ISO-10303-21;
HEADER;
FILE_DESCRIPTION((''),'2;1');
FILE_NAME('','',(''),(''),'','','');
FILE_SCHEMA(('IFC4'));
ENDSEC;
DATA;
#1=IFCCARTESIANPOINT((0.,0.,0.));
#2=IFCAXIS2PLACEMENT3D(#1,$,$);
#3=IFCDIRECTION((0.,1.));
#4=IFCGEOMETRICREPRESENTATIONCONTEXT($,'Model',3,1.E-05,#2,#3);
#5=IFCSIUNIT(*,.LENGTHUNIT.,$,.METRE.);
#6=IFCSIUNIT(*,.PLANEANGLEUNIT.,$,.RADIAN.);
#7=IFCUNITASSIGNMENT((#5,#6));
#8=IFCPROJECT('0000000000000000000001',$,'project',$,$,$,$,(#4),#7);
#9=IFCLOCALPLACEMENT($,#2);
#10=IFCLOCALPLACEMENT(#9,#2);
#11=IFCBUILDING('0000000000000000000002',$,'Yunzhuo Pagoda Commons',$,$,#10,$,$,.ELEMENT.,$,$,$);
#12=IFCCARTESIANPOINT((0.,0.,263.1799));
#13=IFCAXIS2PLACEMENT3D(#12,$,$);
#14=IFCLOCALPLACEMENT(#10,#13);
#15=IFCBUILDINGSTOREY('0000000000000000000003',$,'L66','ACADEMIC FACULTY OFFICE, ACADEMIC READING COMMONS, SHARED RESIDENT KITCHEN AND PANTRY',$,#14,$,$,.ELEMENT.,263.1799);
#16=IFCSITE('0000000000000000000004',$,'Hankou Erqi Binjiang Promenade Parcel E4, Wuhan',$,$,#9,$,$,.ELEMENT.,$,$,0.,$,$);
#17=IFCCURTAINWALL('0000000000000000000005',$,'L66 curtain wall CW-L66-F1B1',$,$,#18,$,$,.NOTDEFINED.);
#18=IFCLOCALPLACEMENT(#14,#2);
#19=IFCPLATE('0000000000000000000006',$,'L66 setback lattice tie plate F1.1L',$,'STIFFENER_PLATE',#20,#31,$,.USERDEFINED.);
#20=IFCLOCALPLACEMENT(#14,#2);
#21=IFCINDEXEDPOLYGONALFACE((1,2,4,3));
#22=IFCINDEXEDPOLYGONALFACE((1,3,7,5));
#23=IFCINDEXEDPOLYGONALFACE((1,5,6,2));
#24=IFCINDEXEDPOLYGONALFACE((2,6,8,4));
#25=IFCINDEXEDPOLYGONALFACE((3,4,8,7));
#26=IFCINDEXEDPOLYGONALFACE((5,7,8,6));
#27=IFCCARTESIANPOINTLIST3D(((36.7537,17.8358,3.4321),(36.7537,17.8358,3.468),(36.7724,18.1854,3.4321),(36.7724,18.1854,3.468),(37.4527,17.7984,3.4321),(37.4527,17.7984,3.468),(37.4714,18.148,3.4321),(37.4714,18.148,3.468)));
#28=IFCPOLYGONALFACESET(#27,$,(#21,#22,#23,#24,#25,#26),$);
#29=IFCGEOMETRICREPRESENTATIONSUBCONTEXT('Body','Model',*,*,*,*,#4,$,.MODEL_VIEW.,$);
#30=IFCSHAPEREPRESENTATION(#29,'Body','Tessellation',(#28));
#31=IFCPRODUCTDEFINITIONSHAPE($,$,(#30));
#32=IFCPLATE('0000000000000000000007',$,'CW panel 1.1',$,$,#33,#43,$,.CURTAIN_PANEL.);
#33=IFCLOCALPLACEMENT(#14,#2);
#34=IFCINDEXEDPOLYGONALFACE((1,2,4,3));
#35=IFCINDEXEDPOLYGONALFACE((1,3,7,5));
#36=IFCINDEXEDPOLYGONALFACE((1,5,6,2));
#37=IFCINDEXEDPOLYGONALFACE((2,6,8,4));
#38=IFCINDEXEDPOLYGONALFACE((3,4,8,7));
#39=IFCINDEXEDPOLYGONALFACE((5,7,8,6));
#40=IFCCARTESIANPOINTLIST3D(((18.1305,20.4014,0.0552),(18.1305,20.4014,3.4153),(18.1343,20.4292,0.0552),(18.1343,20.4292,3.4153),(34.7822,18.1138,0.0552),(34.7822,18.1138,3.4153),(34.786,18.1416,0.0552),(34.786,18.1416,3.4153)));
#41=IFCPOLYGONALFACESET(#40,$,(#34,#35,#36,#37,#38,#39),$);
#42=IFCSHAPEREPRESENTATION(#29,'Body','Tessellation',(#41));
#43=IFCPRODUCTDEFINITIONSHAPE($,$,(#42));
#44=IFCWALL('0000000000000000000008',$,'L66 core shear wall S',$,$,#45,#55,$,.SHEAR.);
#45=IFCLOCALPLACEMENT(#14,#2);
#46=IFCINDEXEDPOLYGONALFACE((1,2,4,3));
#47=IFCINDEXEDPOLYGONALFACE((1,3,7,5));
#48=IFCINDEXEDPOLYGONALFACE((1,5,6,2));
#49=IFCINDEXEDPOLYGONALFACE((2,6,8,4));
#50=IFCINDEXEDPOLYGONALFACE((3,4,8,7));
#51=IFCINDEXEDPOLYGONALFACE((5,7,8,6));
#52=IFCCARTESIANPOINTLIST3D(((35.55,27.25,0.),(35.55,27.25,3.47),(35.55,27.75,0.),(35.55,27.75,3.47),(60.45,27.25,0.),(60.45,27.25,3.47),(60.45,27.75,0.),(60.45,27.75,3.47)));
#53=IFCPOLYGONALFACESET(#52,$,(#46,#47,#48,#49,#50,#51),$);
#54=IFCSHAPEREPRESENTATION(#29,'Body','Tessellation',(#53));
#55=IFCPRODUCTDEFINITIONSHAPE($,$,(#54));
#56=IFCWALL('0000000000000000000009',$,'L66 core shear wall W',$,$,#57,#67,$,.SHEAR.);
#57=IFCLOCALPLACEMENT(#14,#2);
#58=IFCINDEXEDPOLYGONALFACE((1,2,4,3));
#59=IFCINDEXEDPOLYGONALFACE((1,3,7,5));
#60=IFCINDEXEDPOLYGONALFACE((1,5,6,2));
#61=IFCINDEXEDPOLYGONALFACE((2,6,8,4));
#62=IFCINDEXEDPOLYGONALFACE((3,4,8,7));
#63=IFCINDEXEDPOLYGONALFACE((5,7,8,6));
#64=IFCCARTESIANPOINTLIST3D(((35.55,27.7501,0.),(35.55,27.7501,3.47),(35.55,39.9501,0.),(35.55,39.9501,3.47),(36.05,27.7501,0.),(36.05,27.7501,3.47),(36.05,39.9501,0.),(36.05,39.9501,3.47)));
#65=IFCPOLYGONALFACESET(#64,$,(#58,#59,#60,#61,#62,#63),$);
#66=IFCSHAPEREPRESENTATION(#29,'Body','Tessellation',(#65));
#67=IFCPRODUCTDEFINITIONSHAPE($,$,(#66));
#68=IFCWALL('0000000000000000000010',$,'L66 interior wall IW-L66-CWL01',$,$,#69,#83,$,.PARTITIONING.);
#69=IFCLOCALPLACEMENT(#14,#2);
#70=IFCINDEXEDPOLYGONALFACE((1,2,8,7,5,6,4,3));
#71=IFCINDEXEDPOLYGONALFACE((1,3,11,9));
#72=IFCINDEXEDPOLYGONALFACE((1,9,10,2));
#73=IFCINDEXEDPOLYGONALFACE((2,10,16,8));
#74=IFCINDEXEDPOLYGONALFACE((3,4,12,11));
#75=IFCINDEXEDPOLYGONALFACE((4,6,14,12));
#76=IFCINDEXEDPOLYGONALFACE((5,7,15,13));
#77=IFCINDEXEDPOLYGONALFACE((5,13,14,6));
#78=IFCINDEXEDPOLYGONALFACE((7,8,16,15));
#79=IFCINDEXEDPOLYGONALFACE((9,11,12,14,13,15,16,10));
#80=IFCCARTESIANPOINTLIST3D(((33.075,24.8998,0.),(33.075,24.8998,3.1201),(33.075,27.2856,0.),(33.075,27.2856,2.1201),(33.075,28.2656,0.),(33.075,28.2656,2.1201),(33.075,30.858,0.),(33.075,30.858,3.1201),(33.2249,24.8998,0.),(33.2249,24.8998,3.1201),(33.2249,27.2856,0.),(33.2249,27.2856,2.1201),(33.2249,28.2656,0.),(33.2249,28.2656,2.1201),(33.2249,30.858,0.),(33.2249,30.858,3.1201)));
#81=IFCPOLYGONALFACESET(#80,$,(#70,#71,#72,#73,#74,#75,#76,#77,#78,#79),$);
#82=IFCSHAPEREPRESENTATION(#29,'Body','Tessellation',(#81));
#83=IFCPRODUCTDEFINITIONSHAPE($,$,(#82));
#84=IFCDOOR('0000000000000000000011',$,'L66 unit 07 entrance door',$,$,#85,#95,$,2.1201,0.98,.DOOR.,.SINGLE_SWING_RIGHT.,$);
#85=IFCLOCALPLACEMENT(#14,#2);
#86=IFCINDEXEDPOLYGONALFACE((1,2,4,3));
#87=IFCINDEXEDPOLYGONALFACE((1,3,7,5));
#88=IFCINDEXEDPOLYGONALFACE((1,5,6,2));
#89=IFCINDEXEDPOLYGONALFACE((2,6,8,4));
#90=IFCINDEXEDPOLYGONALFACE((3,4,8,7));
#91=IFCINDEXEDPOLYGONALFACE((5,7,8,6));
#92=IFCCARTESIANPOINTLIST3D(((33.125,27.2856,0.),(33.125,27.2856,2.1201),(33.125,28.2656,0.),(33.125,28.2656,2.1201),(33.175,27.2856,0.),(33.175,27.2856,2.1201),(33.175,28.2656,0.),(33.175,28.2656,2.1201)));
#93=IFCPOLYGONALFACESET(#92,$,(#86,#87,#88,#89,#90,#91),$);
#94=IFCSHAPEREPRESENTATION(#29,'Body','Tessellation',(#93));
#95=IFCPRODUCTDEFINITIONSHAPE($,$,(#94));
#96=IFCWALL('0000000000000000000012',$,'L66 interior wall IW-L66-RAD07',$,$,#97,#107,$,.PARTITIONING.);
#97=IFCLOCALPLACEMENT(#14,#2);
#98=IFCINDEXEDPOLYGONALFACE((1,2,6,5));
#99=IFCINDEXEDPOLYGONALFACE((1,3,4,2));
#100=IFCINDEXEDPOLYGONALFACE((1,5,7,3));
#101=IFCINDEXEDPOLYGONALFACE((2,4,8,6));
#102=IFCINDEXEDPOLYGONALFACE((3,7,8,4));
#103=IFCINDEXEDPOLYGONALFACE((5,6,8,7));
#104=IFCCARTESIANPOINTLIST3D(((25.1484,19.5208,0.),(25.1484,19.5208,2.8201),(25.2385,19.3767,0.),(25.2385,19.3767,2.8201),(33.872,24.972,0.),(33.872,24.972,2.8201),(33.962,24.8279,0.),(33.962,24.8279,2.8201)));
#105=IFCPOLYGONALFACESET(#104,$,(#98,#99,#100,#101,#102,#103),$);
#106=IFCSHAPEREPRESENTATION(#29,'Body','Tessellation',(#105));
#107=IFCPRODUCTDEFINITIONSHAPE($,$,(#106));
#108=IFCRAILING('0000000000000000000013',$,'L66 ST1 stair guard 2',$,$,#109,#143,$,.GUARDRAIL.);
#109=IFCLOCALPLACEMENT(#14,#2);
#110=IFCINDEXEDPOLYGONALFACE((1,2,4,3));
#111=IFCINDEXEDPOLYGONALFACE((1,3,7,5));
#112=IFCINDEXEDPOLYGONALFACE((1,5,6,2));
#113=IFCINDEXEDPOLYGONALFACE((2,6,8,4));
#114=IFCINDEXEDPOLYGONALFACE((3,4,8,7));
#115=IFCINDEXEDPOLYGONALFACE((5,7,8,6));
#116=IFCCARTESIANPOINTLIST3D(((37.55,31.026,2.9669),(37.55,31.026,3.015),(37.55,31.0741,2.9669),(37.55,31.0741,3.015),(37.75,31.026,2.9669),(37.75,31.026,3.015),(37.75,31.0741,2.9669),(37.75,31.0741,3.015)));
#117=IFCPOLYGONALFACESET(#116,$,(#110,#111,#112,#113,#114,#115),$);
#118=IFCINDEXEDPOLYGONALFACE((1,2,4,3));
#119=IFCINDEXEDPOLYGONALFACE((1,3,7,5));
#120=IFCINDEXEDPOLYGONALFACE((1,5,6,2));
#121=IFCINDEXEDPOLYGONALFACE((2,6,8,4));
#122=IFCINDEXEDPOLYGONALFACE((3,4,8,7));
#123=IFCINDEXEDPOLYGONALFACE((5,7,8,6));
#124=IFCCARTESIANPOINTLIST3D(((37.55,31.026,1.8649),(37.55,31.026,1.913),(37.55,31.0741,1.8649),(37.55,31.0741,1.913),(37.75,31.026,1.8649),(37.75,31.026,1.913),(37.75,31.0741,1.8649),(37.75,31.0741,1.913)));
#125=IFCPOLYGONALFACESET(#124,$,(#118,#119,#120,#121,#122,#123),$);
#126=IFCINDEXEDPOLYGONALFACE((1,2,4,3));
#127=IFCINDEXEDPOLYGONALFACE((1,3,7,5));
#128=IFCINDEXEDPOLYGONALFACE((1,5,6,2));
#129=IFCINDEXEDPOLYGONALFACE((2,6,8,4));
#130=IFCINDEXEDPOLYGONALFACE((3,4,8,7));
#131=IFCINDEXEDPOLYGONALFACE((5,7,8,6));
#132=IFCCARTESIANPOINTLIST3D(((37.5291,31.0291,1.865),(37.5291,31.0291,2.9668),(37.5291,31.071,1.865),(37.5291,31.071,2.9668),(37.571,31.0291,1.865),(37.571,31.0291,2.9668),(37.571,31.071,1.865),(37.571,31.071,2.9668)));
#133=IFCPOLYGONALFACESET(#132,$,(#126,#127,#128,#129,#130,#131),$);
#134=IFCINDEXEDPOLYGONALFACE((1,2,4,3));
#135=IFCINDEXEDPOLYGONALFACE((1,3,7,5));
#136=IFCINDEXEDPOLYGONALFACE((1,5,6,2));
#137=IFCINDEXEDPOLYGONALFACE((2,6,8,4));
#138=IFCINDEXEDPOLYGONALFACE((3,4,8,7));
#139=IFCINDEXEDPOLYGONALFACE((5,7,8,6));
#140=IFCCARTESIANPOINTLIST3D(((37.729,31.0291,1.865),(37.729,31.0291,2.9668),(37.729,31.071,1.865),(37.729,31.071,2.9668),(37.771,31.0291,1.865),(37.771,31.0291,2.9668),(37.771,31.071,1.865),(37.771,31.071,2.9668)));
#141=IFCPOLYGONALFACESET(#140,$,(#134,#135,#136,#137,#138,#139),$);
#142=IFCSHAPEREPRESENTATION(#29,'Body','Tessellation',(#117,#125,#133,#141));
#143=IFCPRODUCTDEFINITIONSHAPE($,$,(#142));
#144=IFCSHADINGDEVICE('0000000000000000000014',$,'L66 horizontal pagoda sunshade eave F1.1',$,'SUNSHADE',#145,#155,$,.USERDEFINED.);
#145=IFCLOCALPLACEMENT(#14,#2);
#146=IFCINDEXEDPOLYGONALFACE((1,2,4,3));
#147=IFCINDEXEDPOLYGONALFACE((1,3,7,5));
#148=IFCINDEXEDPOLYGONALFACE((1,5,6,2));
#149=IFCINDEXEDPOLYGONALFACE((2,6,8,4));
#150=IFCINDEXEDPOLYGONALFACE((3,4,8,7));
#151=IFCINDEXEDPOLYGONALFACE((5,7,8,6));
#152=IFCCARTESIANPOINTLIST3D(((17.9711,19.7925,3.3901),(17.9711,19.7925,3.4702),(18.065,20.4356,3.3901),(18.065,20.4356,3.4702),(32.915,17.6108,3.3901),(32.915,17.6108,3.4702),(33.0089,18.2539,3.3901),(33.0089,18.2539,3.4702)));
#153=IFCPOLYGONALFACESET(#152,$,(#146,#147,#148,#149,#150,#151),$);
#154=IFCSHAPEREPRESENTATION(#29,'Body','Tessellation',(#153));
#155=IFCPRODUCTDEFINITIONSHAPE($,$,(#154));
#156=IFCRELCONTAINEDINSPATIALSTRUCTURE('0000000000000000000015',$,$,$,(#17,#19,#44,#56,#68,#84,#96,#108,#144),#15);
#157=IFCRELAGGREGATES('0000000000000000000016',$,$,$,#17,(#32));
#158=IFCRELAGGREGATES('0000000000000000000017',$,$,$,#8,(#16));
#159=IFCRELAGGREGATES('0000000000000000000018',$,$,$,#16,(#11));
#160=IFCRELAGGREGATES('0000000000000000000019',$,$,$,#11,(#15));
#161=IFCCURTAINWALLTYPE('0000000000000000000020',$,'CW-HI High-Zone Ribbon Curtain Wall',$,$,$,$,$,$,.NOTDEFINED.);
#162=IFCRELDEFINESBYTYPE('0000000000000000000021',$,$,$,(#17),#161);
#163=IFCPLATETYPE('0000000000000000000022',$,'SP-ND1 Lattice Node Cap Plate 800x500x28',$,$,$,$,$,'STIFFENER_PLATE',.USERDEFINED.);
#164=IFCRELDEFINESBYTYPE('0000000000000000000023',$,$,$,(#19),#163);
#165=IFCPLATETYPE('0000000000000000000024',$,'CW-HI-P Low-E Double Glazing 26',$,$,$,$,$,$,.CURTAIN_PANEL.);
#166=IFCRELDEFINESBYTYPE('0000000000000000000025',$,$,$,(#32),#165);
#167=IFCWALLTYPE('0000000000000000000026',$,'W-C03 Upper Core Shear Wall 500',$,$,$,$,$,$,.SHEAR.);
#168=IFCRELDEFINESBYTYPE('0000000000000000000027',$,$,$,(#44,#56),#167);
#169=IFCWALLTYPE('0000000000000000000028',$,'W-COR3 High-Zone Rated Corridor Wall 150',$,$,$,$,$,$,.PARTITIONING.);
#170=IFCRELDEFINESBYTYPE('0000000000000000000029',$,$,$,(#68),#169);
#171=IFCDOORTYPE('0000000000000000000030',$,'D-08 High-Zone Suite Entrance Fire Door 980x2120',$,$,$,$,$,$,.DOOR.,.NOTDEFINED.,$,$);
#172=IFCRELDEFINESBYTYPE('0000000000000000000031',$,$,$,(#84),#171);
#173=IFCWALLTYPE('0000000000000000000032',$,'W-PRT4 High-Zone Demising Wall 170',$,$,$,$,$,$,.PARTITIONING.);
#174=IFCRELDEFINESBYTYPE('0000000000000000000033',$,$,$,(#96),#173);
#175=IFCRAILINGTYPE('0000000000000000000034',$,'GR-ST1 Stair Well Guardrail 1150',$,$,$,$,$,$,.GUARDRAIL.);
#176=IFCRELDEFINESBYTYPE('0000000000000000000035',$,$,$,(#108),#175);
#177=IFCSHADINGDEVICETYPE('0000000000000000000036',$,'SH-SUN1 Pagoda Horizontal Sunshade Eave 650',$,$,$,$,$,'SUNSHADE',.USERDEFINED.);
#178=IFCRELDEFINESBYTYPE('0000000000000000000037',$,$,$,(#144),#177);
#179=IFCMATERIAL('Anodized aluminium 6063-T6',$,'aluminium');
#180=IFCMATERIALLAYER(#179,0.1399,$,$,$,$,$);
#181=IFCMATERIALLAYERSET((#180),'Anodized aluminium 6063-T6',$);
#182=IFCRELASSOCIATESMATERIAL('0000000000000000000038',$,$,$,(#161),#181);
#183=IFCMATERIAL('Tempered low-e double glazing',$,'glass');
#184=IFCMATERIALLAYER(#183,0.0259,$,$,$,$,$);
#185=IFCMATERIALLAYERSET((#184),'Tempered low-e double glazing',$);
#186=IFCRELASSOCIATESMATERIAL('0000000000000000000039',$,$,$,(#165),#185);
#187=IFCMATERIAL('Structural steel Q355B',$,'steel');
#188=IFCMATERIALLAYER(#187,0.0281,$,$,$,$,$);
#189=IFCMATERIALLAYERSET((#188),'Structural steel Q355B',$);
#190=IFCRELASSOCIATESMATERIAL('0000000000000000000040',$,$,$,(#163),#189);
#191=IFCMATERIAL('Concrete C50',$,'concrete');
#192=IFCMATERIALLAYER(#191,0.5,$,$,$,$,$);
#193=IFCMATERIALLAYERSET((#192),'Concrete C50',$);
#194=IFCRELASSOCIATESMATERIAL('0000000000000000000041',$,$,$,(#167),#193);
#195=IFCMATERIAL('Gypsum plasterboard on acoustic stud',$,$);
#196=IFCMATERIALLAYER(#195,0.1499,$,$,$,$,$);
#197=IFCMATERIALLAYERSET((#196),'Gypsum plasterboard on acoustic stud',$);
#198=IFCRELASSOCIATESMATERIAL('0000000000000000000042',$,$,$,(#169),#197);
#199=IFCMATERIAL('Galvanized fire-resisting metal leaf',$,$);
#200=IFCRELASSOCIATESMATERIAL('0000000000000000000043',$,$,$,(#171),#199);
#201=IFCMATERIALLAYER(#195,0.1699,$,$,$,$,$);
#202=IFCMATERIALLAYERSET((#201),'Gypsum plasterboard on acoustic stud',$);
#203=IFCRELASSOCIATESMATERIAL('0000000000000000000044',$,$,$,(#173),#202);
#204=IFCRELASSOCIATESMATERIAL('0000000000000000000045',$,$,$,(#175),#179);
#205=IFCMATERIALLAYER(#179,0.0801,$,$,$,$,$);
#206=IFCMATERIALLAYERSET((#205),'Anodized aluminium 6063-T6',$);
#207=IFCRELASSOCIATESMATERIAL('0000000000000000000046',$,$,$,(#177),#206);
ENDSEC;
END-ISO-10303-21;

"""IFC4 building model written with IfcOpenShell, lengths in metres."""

from ifc_helpers import new_model, si_unit, direction, frame, frame_2d, origin, origin_with_axes, origin_2d, place, context, subcontext, project, spatial, rectangle, extrude, source, transform, mapped, material, layer, layer_set, type_object, element, fill, aggregate, save


model = new_model("IFC4")

# Units and contexts
model_context = context("Model", 3, precision=1e-05, world=origin(), true_north=direction((0.0, 1.0)))
body_context = subcontext(model_context, "Body", "Model", "MODEL_VIEW")
ifc_project = project(units=[si_unit("LENGTHUNIT", "METRE"), si_unit("PLANEANGLEUNIT", "RADIAN")], contexts=[model_context])

# Site, building, storey
site_placement = place(None, origin())
site = spatial("IfcSite", under=ifc_project, at=site_placement, Name="Hankou Erqi Binjiang Promenade Parcel E4, Wuhan", CompositionType="ELEMENT", RefElevation=0.0)
building_placement = place(site_placement, origin())
building = spatial("IfcBuilding", under=site, at=building_placement, Name="Yunzhuo Pagoda Commons", CompositionType="ELEMENT")
storey_placement = place(building_placement, frame((0.0, 0.0, 263.1799)))
storey = spatial("IfcBuildingStorey", under=building, at=storey_placement, Name="L66", Description="ACADEMIC FACULTY OFFICE, ACADEMIC READING COMMONS, SHARED RESIDENT KITCHEN AND PANTRY", CompositionType="ELEMENT", Elevation=263.1799)

# Shared definitions
ifc_material_1 = material(Name="Structural steel Q355B", Category="steel")

# Curtain wall
ifc_material_2 = material(Name="Anodized aluminium 6063-T6", Category="aluminium")
ifc_layer_1 = layer(ifc_material_2, 0.1399)
ifc_layer_set_1 = layer_set([ifc_layer_1], Name="Anodized aluminium 6063-T6")
curtain_wall_type = type_object("IfcCurtainWallType", Name="CW-HI High-Zone Ribbon Curtain Wall", PredefinedType="NOTDEFINED", material=ifc_layer_set_1)
curtain_wall_1_placement = place(storey_placement, origin())
curtain_wall_1 = element("IfcCurtainWall", 1, at=curtain_wall_1_placement, inside=storey, type_object=curtain_wall_type, Name="L66 curtain wall CW-L66-F1B1", PredefinedType="NOTDEFINED")

# Shared definitions
ifc_material_3 = material(Name="Tempered low-e double glazing", Category="glass")
ifc_layer_2 = layer(ifc_material_3, 0.0259)
ifc_layer_set_2 = layer_set([ifc_layer_2], Name="Tempered low-e double glazing")
plate_type_1 = type_object("IfcPlateType", Name="CW-HI-P Low-E Double Glazing 26", PredefinedType="CURTAIN_PANEL", material=ifc_layer_set_2)

# Plate
ifc_layer_3 = layer(ifc_material_1, 0.0281)
ifc_layer_set_3 = layer_set([ifc_layer_3], Name="Structural steel Q355B")
plate_type_2 = type_object("IfcPlateType", Name="SP-ND1 Lattice Node Cap Plate 800x500x28", ElementType="STIFFENER_PLATE", PredefinedType="USERDEFINED", material=ifc_layer_set_3)
shared_shape_1 = source(origin(), body_context, "Body", "SweptSolid", [
    extrude(rectangle(XDim=0.7, YDim=0.3501, at=origin_2d()), origin(), (0.0, 0.0, 1.0), 0.0359),
])
plate_1_placement = place(storey_placement, frame((37.1125, 17.9919, 3.4321), z_axis=(0.0, 0.0, 1.0), x_axis=(0.998571, -0.053434, 0.0)))
element("IfcPlate", 2, at=plate_1_placement, inside=storey, type_object=plate_type_2, Name="L66 setback lattice tie plate F1.1L", ObjectType="STIFFENER_PLATE", PredefinedType="USERDEFINED", context=body_context, shape_type="MappedRepresentation", body=[
    mapped(shared_shape_1, transform((0.0, 0.0, 0.0), scale=1.0)),
])

# Plate
shared_shape_2 = source(origin(), body_context, "Body", "SweptSolid", [
    extrude(rectangle(XDim=16.8081, YDim=0.0281, at=origin_2d()), origin(), (0.0, 0.0, 1.0), 3.3601),
])
plate_2_placement = place(storey_placement, frame((26.4583, 19.2715, 0.0552), z_axis=(0.0, 0.0, 1.0), x_axis=(0.990695, -0.136099, 0.0)))
plate_2 = element("IfcPlate", 3, at=plate_2_placement, type_object=plate_type_1, Name="CW panel 1.1", PredefinedType="CURTAIN_PANEL", context=body_context, shape_type="MappedRepresentation", body=[
    mapped(shared_shape_2, transform((0.0, 0.0, 0.0), scale=1.0)),
])
aggregate(curtain_wall_1, [plate_2])

# Walls
ifc_material_4 = material(Name="Concrete C50", Category="concrete")
ifc_layer_4 = layer(ifc_material_4, 0.5)
ifc_layer_set_4 = layer_set([ifc_layer_4], Name="Concrete C50")
wall_type_1 = type_object("IfcWallType", Name="W-C03 Upper Core Shear Wall 500", PredefinedType="SHEAR", material=ifc_layer_set_4)
wall_1_placement = place(storey_placement, frame((35.55, 27.5, 0.0), z_axis=(0.0, 0.0, 1.0), x_axis=(1.0, 0.0, 0.0)))
element("IfcWall", 4, at=wall_1_placement, inside=storey, type_object=wall_type_1, Name="L66 core shear wall S", PredefinedType="SHEAR", context=body_context, shape_type="SweptSolid", body=[
    extrude(rectangle(XDim=24.8999, YDim=0.5, at=frame_2d((12.45, 0.0))), origin(), (0.0, 0.0, 1.0), 3.47),
])
wall_2_placement = place(storey_placement, frame((35.8, 27.75, 0.0), z_axis=(0.0, 0.0, 1.0), x_axis=(0.0, 1.0, 0.0)))
element("IfcWall", 5, at=wall_2_placement, inside=storey, type_object=wall_type_1, Name="L66 core shear wall W", PredefinedType="SHEAR", context=body_context, shape_type="SweptSolid", body=[
    extrude(rectangle(XDim=12.2, YDim=0.5, at=frame_2d((6.1001, 0.0))), origin(), (0.0, 0.0, 1.0), 3.47),
])

# Wall, opening, door
ifc_material_5 = material(Name="Gypsum plasterboard on acoustic stud")
ifc_layer_5 = layer(ifc_material_5, 0.1499)
ifc_layer_set_5 = layer_set([ifc_layer_5], Name="Gypsum plasterboard on acoustic stud")
wall_type_2 = type_object("IfcWallType", Name="W-COR3 High-Zone Rated Corridor Wall 150", PredefinedType="PARTITIONING", material=ifc_layer_set_5)
wall_3_placement = place(storey_placement, frame((33.1499, 24.8999, 0.0), z_axis=(0.0, 0.0, 1.0), x_axis=(0.0, 1.0, 0.0)))
wall_3 = element("IfcWall", 6, at=wall_3_placement, inside=storey, type_object=wall_type_2, Name="L66 interior wall IW-L66-CWL01", PredefinedType="PARTITIONING", context=body_context, shape_type="SweptSolid", body=[
    extrude(rectangle(XDim=5.9583, YDim=0.1499, at=frame_2d((2.979, 0.0))), origin(), (0.0, 0.0, 1.0), 3.1201),
])
opening_placement = place(wall_3_placement, frame((2.3857, 0.0, 0.0)))
opening = element("IfcOpeningElement", 7, at=opening_placement, cuts=wall_3, PredefinedType="OPENING", context=body_context, shape_type="SweptSolid", body=[
    extrude(rectangle(XDim=0.98, YDim=2.1201, at=frame_2d((0.49, 1.0601))), frame((0.0, 0.085, 0.0), z_axis=(0.0, -1.0, 0.0), x_axis=(1.0, 0.0, 0.0)), (0.0, 0.0, 1.0), 0.1699),
])
ifc_material_6 = material(Name="Galvanized fire-resisting metal leaf")
door_type = type_object("IfcDoorType", Name="D-08 High-Zone Suite Entrance Fire Door 980x2120", OperationType="NOTDEFINED", PredefinedType="DOOR", material=ifc_material_6)
shared_shape_3 = source(origin(), body_context, "Body", "SweptSolid", [
    extrude(rectangle(XDim=0.98, YDim=2.1201, at=frame_2d((0.49, 1.0601))), frame((0.0, 0.0249, 0.0), z_axis=(0.0, -1.0, 0.0), x_axis=(1.0, 0.0, 0.0)), (0.0, 0.0, 1.0), 0.05),
])
door_placement = place(opening_placement, origin_with_axes())
door = element("IfcDoor", 8, at=door_placement, inside=storey, type_object=door_type, Name="L66 unit 07 entrance door", OperationType="SINGLE_SWING_RIGHT", OverallHeight=2.1201, OverallWidth=0.98, PredefinedType="DOOR", context=body_context, shape_type="MappedRepresentation", body=[
    mapped(shared_shape_3, transform((0.0, 0.0, 0.0), scale=1.0)),
])
fill(opening, door)

# Wall
ifc_layer_6 = layer(ifc_material_5, 0.1699)
ifc_layer_set_6 = layer_set([ifc_layer_6], Name="Gypsum plasterboard on acoustic stud")
wall_type_3 = type_object("IfcWallType", Name="W-PRT4 High-Zone Demising Wall 170", PredefinedType="PARTITIONING", material=ifc_layer_set_6)
wall_4_placement = place(storey_placement, frame((33.917, 24.8999, 0.0), z_axis=(0.0, 0.0, 1.0), x_axis=(-0.848046, -0.529922, 0.0)))
element("IfcWall", 9, at=wall_4_placement, inside=storey, type_object=wall_type_3, Name="L66 interior wall IW-L66-RAD07", PredefinedType="PARTITIONING", context=body_context, shape_type="SweptSolid", body=[
    extrude(rectangle(XDim=10.2866, YDim=0.1699, at=frame_2d((5.1433, 0.0))), origin(), (0.0, 0.0, 1.0), 2.8201),
])

# Railing
railing_type = type_object("IfcRailingType", Name="GR-ST1 Stair Well Guardrail 1150", PredefinedType="GUARDRAIL", material=ifc_material_2)
railing_placement = place(storey_placement, frame((37.55, 31.05, 1.865)))
element("IfcRailing", 10, at=railing_placement, inside=storey, type_object=railing_type, Name="L66 ST1 stair guard 2", PredefinedType="GUARDRAIL", context=body_context, shape_type="SweptSolid", body=[
    extrude(rectangle(XDim=0.0481, YDim=0.0481, at=origin_2d()), frame((0.0, 0.0, 1.126), z_axis=(1.0, 0.0, 0.0), x_axis=(0.0, 1.0, 0.0)), (0.0, 0.0, 1.0), 0.2),
    extrude(rectangle(XDim=0.0481, YDim=0.0481, at=origin_2d()), frame((0.0, 0.0, 0.0239), z_axis=(1.0, 0.0, 0.0), x_axis=(0.0, 1.0, 0.0)), (0.0, 0.0, 1.0), 0.2),
    extrude(rectangle(XDim=0.042, YDim=0.042, at=origin_2d()), origin(), (0.0, 0.0, 1.0), 1.1018),
    extrude(rectangle(XDim=0.042, YDim=0.042, at=origin_2d()), frame((0.2, 0.0, 0.0)), (0.0, 0.0, 1.0), 1.1018),
])

# Shading device
ifc_layer_7 = layer(ifc_material_2, 0.0801)
ifc_layer_set_7 = layer_set([ifc_layer_7], Name="Anodized aluminium 6063-T6")
shading_device_type = type_object("IfcShadingDeviceType", Name="SH-SUN1 Pagoda Horizontal Sunshade Eave 650", ElementType="SUNSHADE", PredefinedType="USERDEFINED", material=ifc_layer_set_7)
shared_shape_4 = source(origin(), body_context, "Body", "SweptSolid", [
    extrude(rectangle(XDim=15.1023, YDim=0.6499, at=origin_2d()), origin(), (0.0, 0.0, 1.0), 0.0801),
])
shading_device_placement = place(storey_placement, frame((25.49, 19.0232, 3.3901), z_axis=(0.0, 0.0, 1.0), x_axis=(0.989511, -0.14446, 0.0)))
element("IfcShadingDevice", 11, at=shading_device_placement, inside=storey, type_object=shading_device_type, Name="L66 horizontal pagoda sunshade eave F1.1", ObjectType="SUNSHADE", PredefinedType="USERDEFINED", context=body_context, shape_type="MappedRepresentation", body=[
    mapped(shared_shape_4, transform((0.0, 0.0, 0.0), scale=1.0)),
])

save(model, "model.ifc")
